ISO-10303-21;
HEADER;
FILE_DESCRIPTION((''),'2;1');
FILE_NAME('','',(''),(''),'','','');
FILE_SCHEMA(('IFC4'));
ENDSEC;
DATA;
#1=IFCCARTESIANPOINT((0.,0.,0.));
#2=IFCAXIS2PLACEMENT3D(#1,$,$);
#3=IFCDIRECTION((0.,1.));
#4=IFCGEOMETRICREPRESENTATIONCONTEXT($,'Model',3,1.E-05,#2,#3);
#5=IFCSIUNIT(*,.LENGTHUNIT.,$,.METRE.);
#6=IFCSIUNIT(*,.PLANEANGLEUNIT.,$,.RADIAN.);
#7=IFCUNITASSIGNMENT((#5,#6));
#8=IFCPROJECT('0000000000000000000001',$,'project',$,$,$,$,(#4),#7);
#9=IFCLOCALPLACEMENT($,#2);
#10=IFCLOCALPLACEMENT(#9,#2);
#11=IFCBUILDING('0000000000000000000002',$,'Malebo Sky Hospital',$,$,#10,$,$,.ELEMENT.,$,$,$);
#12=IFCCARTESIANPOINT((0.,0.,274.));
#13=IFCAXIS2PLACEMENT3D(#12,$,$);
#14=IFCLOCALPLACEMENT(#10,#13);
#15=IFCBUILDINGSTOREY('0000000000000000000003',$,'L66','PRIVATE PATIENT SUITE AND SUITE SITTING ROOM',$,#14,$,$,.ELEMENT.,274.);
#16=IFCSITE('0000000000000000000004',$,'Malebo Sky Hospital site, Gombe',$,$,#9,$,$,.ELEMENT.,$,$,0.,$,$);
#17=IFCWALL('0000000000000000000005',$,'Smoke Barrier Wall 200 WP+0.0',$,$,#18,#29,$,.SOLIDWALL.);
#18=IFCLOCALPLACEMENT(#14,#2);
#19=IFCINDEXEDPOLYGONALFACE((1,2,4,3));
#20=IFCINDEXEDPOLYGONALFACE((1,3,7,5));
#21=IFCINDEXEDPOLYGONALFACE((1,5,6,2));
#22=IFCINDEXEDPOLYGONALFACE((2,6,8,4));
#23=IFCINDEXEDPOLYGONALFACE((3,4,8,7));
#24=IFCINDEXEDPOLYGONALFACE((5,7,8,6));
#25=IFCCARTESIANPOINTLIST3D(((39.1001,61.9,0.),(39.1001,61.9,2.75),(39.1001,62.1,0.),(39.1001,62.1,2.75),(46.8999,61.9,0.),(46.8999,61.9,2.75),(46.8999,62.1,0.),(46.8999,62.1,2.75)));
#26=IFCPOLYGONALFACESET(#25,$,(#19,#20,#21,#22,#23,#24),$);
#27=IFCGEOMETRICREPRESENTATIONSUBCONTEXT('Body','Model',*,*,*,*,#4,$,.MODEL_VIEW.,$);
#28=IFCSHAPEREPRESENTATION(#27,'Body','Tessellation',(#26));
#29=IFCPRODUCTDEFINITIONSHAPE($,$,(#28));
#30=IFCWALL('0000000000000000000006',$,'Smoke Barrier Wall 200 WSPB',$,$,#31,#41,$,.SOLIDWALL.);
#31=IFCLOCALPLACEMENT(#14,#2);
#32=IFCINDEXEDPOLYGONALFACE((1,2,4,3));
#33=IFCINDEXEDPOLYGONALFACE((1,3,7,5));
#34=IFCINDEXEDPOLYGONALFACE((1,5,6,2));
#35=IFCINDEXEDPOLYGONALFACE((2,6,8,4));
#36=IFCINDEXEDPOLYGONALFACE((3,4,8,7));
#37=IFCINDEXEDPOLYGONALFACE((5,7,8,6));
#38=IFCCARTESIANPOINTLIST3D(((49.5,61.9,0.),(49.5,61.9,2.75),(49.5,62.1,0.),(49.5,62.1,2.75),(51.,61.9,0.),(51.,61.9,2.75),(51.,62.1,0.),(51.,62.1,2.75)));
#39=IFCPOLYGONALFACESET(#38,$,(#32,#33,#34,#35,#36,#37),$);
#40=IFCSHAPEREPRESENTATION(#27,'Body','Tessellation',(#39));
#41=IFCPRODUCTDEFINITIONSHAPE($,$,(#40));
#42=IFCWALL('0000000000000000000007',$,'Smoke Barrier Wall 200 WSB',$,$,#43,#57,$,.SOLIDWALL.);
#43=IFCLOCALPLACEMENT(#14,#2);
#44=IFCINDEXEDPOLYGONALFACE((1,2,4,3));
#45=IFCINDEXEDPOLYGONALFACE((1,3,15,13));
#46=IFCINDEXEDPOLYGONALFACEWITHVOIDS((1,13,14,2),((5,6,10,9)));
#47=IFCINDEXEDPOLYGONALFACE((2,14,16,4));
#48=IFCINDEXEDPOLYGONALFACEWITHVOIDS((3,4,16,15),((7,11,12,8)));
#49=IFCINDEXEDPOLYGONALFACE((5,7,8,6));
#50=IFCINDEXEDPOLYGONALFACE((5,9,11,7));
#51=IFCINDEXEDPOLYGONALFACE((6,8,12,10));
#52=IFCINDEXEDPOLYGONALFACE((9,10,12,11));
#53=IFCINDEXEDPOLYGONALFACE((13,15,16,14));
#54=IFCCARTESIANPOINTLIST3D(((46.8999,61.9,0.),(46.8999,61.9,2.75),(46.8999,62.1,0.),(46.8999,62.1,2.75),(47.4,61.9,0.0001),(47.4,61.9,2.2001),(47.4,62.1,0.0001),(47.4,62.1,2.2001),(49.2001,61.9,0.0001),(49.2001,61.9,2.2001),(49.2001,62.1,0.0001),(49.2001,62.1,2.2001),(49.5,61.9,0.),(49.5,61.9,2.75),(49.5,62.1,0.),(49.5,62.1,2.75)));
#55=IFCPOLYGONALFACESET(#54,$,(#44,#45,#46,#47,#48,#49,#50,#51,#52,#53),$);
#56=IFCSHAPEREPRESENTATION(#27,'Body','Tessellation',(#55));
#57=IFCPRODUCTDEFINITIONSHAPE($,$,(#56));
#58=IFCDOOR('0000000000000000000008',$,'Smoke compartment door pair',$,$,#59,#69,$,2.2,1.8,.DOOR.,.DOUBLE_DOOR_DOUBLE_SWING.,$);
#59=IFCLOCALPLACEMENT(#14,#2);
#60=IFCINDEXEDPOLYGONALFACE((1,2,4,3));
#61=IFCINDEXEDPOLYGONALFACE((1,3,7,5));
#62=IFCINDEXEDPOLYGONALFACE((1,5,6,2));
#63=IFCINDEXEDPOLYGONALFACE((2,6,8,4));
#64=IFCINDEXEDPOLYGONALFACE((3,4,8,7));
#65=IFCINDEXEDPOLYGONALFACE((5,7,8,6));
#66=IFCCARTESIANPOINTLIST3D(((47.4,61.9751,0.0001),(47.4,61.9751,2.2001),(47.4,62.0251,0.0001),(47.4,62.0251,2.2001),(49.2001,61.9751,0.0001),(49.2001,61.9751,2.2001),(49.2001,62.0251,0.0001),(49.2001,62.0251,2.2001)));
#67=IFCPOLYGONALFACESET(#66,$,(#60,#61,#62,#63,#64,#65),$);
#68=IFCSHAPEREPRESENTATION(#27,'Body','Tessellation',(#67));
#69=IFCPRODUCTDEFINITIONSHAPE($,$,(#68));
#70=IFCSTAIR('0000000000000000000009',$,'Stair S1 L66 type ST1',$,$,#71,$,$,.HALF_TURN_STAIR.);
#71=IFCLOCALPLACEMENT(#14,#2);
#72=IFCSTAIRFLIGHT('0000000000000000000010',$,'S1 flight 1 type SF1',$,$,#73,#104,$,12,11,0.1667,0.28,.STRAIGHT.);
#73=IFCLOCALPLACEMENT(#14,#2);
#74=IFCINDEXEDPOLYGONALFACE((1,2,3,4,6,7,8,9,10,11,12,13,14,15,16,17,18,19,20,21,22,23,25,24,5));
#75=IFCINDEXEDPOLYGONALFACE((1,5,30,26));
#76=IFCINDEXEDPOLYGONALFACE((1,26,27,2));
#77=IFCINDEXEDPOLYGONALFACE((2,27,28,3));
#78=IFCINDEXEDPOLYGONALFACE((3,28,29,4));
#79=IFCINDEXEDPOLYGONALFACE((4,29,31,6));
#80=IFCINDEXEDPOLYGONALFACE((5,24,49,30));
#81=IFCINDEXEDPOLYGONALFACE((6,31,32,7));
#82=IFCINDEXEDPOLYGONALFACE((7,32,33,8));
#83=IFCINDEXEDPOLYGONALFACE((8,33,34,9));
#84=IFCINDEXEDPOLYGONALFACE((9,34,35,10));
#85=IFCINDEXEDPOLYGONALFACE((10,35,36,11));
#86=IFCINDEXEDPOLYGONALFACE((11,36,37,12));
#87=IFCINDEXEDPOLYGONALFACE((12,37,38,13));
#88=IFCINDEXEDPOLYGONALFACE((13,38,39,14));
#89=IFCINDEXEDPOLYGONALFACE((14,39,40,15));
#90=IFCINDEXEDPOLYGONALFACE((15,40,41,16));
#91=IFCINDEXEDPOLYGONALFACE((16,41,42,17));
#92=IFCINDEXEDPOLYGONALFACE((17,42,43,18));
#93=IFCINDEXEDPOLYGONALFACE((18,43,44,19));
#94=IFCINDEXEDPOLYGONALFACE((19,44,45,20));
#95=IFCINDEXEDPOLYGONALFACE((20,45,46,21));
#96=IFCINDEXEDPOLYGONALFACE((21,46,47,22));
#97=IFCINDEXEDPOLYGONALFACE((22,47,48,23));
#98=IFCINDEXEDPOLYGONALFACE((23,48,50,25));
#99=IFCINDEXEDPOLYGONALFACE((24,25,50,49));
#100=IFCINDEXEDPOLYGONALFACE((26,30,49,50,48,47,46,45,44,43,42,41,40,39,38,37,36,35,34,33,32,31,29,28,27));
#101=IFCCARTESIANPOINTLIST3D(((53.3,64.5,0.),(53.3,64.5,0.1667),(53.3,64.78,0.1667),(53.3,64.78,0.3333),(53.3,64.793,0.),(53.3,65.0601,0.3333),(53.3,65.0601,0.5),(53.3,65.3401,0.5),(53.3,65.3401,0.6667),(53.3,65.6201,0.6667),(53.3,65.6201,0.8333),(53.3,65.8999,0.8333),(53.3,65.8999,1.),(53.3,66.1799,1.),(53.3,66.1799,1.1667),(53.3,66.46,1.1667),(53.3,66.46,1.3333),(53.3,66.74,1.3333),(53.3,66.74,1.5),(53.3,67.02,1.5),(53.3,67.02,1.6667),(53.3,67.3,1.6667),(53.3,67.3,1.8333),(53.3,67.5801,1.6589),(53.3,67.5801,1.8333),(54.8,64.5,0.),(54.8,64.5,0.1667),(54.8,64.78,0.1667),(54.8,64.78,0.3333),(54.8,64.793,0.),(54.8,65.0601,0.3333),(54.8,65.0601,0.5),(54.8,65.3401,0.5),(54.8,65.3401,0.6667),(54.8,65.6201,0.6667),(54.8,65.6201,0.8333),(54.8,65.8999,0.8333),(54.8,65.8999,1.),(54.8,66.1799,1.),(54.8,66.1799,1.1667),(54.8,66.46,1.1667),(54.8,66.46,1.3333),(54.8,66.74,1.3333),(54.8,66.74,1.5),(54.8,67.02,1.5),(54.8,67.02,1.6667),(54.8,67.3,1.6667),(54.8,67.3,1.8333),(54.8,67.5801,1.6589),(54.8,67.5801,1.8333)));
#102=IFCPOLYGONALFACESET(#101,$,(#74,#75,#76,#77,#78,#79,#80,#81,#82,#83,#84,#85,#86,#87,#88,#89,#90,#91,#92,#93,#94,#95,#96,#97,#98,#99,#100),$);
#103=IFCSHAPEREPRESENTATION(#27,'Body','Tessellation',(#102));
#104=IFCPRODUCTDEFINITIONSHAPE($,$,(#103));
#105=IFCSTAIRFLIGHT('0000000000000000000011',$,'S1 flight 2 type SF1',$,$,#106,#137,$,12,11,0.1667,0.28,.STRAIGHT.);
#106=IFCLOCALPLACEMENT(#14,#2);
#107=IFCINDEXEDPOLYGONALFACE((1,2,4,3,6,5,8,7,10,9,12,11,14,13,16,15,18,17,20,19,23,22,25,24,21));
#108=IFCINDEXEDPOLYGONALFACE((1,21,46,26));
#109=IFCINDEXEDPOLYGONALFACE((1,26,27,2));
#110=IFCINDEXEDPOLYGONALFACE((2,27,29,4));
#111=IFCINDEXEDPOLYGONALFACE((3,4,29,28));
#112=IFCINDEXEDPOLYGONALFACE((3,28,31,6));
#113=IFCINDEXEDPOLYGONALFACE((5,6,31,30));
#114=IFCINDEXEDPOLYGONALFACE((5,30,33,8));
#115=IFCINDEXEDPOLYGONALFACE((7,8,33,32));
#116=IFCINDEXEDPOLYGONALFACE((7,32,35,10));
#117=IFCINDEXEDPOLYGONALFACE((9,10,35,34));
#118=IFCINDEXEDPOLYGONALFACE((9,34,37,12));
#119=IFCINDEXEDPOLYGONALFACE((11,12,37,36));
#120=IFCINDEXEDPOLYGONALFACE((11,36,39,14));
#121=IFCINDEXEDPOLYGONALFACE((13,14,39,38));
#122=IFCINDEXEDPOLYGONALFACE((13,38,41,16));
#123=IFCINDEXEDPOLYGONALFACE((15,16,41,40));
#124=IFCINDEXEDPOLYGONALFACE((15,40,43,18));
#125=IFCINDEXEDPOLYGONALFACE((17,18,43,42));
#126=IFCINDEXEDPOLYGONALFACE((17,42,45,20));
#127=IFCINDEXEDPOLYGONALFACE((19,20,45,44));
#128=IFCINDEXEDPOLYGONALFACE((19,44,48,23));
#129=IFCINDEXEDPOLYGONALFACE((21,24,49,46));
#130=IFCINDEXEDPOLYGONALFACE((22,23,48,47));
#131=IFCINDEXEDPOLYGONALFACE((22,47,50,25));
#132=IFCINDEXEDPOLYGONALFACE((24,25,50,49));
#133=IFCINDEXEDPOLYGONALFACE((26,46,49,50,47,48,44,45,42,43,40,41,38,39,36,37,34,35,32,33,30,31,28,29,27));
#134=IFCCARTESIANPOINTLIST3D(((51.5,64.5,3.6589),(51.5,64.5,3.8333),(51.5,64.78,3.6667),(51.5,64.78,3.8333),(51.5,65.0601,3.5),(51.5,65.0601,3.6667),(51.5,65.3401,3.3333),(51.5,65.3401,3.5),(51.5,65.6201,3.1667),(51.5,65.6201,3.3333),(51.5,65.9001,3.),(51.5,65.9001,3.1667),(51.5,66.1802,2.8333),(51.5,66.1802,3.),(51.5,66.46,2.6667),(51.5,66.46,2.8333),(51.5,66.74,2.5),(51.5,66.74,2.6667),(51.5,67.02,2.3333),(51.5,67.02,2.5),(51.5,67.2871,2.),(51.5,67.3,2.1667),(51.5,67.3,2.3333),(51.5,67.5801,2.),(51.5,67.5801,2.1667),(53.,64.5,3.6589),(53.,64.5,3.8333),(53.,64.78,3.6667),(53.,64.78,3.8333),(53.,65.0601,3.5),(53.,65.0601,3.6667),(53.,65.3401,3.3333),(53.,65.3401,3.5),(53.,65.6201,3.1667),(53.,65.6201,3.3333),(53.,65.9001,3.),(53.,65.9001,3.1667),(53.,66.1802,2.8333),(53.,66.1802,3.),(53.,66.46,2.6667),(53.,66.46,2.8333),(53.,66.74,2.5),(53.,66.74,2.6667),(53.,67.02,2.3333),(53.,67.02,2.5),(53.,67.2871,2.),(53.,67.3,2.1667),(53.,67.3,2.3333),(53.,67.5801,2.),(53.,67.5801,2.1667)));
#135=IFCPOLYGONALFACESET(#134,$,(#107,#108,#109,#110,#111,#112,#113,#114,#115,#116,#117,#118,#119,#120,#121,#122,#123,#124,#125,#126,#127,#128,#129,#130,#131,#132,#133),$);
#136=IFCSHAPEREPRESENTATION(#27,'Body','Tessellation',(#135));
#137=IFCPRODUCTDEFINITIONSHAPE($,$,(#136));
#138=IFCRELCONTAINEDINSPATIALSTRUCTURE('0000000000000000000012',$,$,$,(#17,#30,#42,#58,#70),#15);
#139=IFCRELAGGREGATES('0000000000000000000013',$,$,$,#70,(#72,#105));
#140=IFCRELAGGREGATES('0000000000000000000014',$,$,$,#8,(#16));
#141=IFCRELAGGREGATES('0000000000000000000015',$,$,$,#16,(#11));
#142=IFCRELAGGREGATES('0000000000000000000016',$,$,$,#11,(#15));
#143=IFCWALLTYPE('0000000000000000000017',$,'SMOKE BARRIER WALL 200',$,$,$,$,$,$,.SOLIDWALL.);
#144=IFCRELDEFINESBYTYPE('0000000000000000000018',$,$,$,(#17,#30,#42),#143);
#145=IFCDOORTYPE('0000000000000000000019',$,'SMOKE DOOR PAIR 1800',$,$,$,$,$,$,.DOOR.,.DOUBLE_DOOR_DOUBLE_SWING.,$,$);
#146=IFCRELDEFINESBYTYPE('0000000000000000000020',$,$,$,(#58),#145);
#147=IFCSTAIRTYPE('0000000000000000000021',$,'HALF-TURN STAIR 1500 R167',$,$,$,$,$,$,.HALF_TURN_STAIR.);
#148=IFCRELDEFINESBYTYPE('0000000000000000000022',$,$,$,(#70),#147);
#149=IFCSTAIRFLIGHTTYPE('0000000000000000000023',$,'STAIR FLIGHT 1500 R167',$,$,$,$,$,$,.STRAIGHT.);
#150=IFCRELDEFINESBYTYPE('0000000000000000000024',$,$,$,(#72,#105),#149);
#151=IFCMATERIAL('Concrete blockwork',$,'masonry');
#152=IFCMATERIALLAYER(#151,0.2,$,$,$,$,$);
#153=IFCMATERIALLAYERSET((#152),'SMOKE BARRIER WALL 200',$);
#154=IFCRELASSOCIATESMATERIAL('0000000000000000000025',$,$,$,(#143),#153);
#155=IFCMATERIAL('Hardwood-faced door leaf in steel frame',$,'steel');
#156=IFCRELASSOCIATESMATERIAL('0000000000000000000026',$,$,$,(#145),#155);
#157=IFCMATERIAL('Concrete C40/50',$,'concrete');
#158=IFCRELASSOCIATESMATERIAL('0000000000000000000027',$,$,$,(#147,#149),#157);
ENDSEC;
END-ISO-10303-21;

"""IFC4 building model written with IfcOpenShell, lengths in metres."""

from ifc_helpers import new_model, si_unit, direction, frame, frame_2d, origin, place, context, subcontext, project, spatial, polyline, rectangle, outline, extrude, material, layer, layer_set, type_object, element, fill, aggregate, save


model = new_model("IFC4")

# Units and contexts
model_context = context("Model", 3, precision=1e-05, world=origin(), true_north=direction((0.0, 1.0)))
body_context = subcontext(model_context, "Body", "Model", "MODEL_VIEW")
ifc_project = project(units=[si_unit("LENGTHUNIT", "METRE"), si_unit("PLANEANGLEUNIT", "RADIAN")], contexts=[model_context])

# Site, building, storey
site_placement = place(None, origin())
site = spatial("IfcSite", under=ifc_project, at=site_placement, Name="Malebo Sky Hospital site, Gombe", CompositionType="ELEMENT", RefElevation=0.0)
building_placement = place(site_placement, origin())
building = spatial("IfcBuilding", under=site, at=building_placement, Name="Malebo Sky Hospital", CompositionType="ELEMENT")
storey_placement = place(building_placement, frame((0.0, 0.0, 274.0)))
storey = spatial("IfcBuildingStorey", under=building, at=storey_placement, Name="L66", Description="PRIVATE PATIENT SUITE AND SUITE SITTING ROOM", CompositionType="ELEMENT", Elevation=274.0)

# Shared definitions
ifc_material_1 = material(Name="Hardwood-faced door leaf in steel frame", Category="steel")

# Walls
ifc_material_2 = material(Name="Concrete blockwork", Category="masonry")
ifc_layer_1 = layer(ifc_material_2, 0.2)
ifc_layer_set_1 = layer_set([ifc_layer_1], Name="SMOKE BARRIER WALL 200")
wall_type_1 = type_object("IfcWallType", Name="SMOKE BARRIER WALL 200", PredefinedType="SOLIDWALL", material=ifc_layer_set_1)
wall_1_placement = place(storey_placement, frame((46.8999, 62.0, 0.0), z_axis=(0.0, 0.0, 1.0), x_axis=(-1.0, 0.0, 0.0)))
element("IfcWall", 1, at=wall_1_placement, inside=storey, type_object=wall_type_1, Name="Smoke Barrier Wall 200 WP+0.0", PredefinedType="SOLIDWALL", context=body_context, shape_type="SweptSolid", body=[
    extrude(rectangle(XDim=7.7998, YDim=0.2, at=frame_2d((3.8999, 0.0))), origin(), (0.0, 0.0, 1.0), 2.75),
])
wall_2_placement = place(storey_placement, frame((51.0, 62.0, 0.0), z_axis=(0.0, 0.0, 1.0), x_axis=(-1.0, 0.0, 0.0)))
element("IfcWall", 2, at=wall_2_placement, inside=storey, type_object=wall_type_1, Name="Smoke Barrier Wall 200 WSPB", PredefinedType="SOLIDWALL", context=body_context, shape_type="SweptSolid", body=[
    extrude(rectangle(XDim=1.5, YDim=0.2, at=frame_2d((0.75, 0.0))), origin(), (0.0, 0.0, 1.0), 2.75),
])

# Wall, opening, door
wall_3_placement = place(storey_placement, frame((49.5, 62.0, 0.0), z_axis=(0.0, 0.0, 1.0), x_axis=(-1.0, 0.0, 0.0)))
wall_3 = element("IfcWall", 3, at=wall_3_placement, inside=storey, type_object=wall_type_1, Name="Smoke Barrier Wall 200 WSB", PredefinedType="SOLIDWALL", context=body_context, shape_type="SweptSolid", body=[
    extrude(rectangle(XDim=2.6001, YDim=0.2, at=frame_2d((1.3, 0.0))), origin(), (0.0, 0.0, 1.0), 2.75),
])
opening_1_placement = place(wall_3_placement, frame((0.3, 0.0, 0.0)))
opening_1 = element("IfcOpeningElement", 4, at=opening_1_placement, cuts=wall_3, PredefinedType="OPENING", context=body_context, shape_type="SweptSolid", body=[
    extrude(rectangle(XDim=1.8, YDim=2.2, at=frame_2d((0.8999, 1.1001))), frame((0.0, 0.1099, 0.0), z_axis=(0.0, -1.0, 0.0), x_axis=(1.0, 0.0, 0.0)), (0.0, 0.0, 1.0), 0.22),
])
door_type_1 = type_object("IfcDoorType", Name="SMOKE DOOR PAIR 1800", OperationType="DOUBLE_DOOR_DOUBLE_SWING", PredefinedType="DOOR", material=ifc_material_1)
door_1_placement = place(opening_1_placement, origin())
door_1 = element("IfcDoor", 5, at=door_1_placement, inside=storey, type_object=door_type_1, Name="Smoke compartment door pair", OperationType="DOUBLE_DOOR_DOUBLE_SWING", OverallHeight=2.2, OverallWidth=1.8, PredefinedType="DOOR", context=body_context, shape_type="SweptSolid", body=[
    extrude(rectangle(XDim=1.8, YDim=2.2, at=frame_2d((0.8999, 1.1001))), frame((0.0, 0.0249, 0.0), z_axis=(0.0, -1.0, 0.0), x_axis=(1.0, 0.0, 0.0)), (0.0, 0.0, 1.0), 0.05),
])
fill(opening_1, door_1)

# Stair, stair flights
ifc_material_3 = material(Name="Concrete C40/50", Category="concrete")
stair_type = type_object("IfcStairType", Name="HALF-TURN STAIR 1500 R167", PredefinedType="HALF_TURN_STAIR", material=ifc_material_3)
stair_placement = place(storey_placement, origin())
stair = element("IfcStair", 6, at=stair_placement, inside=storey, type_object=stair_type, Name="Stair S1 L66 type ST1", PredefinedType="HALF_TURN_STAIR")
stair_flight_type = type_object("IfcStairFlightType", Name="STAIR FLIGHT 1500 R167", PredefinedType="STRAIGHT", material=ifc_material_3)
stair_flight_1_placement = place(storey_placement, frame((54.05, 64.5, 0.0), z_axis=(0.0, 0.0, 1.0), x_axis=(0.0, 1.0, 0.0)))
stair_flight_1 = element("IfcStairFlight", 7, at=stair_flight_1_placement, type_object=stair_flight_type, Name="S1 flight 1 type SF1", NumberOfRisers=12, NumberOfTreads=11, PredefinedType="STRAIGHT", RiserHeight=0.1667, TreadLength=0.28, context=body_context, shape_type="SweptSolid", body=[
    extrude(outline(polyline([(0.0, 0.0), (0.0, 0.1667), (0.28, 0.1667), (0.28, 0.3333), (0.5601, 0.3333), (0.5601, 0.5), (0.8401, 0.5), (0.8401, 0.6667), (1.1201, 0.6667), (1.1201, 0.8333), (1.3999, 0.8333), (1.3999, 1.0), (1.6799, 1.0), (1.6799, 1.1667), (1.96, 1.1667), (1.96, 1.3333), (2.24, 1.3333), (2.24, 1.5), (2.52, 1.5), (2.52, 1.6667), (2.8, 1.6667), (2.8, 1.8333), (3.0801, 1.8333), (3.0801, 2.0), (3.0801, 1.6589), (0.293, 0.0), (0.0, 0.0)])), frame((0.0, 0.75, 0.0), z_axis=(0.0, -1.0, 0.0), x_axis=(1.0, 0.0, 0.0)), (0.0, 0.0, 1.0), 1.5),
])
stair_flight_2_placement = place(storey_placement, frame((52.25, 67.5801, 2.0), z_axis=(0.0, 0.0, 1.0), x_axis=(0.0, -1.0, 0.0)))
stair_flight_2 = element("IfcStairFlight", 8, at=stair_flight_2_placement, type_object=stair_flight_type, Name="S1 flight 2 type SF1", NumberOfRisers=12, NumberOfTreads=11, PredefinedType="STRAIGHT", RiserHeight=0.1667, TreadLength=0.28, context=body_context, shape_type="SweptSolid", body=[
    extrude(outline(polyline([(0.0, 0.0), (0.0, 0.1667), (0.28, 0.1667), (0.28, 0.3333), (0.5601, 0.3333), (0.5601, 0.5), (0.8401, 0.5), (0.8401, 0.6667), (1.1201, 0.6667), (1.1201, 0.8333), (1.3999, 0.8333), (1.3999, 1.0), (1.6799, 1.0), (1.6799, 1.1667), (1.96, 1.1667), (1.96, 1.3333), (2.24, 1.3333), (2.24, 1.5), (2.52, 1.5), (2.52, 1.6667), (2.8, 1.6667), (2.8, 1.8333), (3.0801, 1.8333), (3.0801, 2.0), (3.0801, 1.6589), (0.293, 0.0), (0.0, 0.0)])), frame((0.0, 0.75, 0.0), z_axis=(0.0, -1.0, 0.0), x_axis=(1.0, 0.0, 0.0)), (0.0, 0.0, 1.0), 1.5),
])
aggregate(stair, [stair_flight_1, stair_flight_2])

save(model, "model.ifc")
